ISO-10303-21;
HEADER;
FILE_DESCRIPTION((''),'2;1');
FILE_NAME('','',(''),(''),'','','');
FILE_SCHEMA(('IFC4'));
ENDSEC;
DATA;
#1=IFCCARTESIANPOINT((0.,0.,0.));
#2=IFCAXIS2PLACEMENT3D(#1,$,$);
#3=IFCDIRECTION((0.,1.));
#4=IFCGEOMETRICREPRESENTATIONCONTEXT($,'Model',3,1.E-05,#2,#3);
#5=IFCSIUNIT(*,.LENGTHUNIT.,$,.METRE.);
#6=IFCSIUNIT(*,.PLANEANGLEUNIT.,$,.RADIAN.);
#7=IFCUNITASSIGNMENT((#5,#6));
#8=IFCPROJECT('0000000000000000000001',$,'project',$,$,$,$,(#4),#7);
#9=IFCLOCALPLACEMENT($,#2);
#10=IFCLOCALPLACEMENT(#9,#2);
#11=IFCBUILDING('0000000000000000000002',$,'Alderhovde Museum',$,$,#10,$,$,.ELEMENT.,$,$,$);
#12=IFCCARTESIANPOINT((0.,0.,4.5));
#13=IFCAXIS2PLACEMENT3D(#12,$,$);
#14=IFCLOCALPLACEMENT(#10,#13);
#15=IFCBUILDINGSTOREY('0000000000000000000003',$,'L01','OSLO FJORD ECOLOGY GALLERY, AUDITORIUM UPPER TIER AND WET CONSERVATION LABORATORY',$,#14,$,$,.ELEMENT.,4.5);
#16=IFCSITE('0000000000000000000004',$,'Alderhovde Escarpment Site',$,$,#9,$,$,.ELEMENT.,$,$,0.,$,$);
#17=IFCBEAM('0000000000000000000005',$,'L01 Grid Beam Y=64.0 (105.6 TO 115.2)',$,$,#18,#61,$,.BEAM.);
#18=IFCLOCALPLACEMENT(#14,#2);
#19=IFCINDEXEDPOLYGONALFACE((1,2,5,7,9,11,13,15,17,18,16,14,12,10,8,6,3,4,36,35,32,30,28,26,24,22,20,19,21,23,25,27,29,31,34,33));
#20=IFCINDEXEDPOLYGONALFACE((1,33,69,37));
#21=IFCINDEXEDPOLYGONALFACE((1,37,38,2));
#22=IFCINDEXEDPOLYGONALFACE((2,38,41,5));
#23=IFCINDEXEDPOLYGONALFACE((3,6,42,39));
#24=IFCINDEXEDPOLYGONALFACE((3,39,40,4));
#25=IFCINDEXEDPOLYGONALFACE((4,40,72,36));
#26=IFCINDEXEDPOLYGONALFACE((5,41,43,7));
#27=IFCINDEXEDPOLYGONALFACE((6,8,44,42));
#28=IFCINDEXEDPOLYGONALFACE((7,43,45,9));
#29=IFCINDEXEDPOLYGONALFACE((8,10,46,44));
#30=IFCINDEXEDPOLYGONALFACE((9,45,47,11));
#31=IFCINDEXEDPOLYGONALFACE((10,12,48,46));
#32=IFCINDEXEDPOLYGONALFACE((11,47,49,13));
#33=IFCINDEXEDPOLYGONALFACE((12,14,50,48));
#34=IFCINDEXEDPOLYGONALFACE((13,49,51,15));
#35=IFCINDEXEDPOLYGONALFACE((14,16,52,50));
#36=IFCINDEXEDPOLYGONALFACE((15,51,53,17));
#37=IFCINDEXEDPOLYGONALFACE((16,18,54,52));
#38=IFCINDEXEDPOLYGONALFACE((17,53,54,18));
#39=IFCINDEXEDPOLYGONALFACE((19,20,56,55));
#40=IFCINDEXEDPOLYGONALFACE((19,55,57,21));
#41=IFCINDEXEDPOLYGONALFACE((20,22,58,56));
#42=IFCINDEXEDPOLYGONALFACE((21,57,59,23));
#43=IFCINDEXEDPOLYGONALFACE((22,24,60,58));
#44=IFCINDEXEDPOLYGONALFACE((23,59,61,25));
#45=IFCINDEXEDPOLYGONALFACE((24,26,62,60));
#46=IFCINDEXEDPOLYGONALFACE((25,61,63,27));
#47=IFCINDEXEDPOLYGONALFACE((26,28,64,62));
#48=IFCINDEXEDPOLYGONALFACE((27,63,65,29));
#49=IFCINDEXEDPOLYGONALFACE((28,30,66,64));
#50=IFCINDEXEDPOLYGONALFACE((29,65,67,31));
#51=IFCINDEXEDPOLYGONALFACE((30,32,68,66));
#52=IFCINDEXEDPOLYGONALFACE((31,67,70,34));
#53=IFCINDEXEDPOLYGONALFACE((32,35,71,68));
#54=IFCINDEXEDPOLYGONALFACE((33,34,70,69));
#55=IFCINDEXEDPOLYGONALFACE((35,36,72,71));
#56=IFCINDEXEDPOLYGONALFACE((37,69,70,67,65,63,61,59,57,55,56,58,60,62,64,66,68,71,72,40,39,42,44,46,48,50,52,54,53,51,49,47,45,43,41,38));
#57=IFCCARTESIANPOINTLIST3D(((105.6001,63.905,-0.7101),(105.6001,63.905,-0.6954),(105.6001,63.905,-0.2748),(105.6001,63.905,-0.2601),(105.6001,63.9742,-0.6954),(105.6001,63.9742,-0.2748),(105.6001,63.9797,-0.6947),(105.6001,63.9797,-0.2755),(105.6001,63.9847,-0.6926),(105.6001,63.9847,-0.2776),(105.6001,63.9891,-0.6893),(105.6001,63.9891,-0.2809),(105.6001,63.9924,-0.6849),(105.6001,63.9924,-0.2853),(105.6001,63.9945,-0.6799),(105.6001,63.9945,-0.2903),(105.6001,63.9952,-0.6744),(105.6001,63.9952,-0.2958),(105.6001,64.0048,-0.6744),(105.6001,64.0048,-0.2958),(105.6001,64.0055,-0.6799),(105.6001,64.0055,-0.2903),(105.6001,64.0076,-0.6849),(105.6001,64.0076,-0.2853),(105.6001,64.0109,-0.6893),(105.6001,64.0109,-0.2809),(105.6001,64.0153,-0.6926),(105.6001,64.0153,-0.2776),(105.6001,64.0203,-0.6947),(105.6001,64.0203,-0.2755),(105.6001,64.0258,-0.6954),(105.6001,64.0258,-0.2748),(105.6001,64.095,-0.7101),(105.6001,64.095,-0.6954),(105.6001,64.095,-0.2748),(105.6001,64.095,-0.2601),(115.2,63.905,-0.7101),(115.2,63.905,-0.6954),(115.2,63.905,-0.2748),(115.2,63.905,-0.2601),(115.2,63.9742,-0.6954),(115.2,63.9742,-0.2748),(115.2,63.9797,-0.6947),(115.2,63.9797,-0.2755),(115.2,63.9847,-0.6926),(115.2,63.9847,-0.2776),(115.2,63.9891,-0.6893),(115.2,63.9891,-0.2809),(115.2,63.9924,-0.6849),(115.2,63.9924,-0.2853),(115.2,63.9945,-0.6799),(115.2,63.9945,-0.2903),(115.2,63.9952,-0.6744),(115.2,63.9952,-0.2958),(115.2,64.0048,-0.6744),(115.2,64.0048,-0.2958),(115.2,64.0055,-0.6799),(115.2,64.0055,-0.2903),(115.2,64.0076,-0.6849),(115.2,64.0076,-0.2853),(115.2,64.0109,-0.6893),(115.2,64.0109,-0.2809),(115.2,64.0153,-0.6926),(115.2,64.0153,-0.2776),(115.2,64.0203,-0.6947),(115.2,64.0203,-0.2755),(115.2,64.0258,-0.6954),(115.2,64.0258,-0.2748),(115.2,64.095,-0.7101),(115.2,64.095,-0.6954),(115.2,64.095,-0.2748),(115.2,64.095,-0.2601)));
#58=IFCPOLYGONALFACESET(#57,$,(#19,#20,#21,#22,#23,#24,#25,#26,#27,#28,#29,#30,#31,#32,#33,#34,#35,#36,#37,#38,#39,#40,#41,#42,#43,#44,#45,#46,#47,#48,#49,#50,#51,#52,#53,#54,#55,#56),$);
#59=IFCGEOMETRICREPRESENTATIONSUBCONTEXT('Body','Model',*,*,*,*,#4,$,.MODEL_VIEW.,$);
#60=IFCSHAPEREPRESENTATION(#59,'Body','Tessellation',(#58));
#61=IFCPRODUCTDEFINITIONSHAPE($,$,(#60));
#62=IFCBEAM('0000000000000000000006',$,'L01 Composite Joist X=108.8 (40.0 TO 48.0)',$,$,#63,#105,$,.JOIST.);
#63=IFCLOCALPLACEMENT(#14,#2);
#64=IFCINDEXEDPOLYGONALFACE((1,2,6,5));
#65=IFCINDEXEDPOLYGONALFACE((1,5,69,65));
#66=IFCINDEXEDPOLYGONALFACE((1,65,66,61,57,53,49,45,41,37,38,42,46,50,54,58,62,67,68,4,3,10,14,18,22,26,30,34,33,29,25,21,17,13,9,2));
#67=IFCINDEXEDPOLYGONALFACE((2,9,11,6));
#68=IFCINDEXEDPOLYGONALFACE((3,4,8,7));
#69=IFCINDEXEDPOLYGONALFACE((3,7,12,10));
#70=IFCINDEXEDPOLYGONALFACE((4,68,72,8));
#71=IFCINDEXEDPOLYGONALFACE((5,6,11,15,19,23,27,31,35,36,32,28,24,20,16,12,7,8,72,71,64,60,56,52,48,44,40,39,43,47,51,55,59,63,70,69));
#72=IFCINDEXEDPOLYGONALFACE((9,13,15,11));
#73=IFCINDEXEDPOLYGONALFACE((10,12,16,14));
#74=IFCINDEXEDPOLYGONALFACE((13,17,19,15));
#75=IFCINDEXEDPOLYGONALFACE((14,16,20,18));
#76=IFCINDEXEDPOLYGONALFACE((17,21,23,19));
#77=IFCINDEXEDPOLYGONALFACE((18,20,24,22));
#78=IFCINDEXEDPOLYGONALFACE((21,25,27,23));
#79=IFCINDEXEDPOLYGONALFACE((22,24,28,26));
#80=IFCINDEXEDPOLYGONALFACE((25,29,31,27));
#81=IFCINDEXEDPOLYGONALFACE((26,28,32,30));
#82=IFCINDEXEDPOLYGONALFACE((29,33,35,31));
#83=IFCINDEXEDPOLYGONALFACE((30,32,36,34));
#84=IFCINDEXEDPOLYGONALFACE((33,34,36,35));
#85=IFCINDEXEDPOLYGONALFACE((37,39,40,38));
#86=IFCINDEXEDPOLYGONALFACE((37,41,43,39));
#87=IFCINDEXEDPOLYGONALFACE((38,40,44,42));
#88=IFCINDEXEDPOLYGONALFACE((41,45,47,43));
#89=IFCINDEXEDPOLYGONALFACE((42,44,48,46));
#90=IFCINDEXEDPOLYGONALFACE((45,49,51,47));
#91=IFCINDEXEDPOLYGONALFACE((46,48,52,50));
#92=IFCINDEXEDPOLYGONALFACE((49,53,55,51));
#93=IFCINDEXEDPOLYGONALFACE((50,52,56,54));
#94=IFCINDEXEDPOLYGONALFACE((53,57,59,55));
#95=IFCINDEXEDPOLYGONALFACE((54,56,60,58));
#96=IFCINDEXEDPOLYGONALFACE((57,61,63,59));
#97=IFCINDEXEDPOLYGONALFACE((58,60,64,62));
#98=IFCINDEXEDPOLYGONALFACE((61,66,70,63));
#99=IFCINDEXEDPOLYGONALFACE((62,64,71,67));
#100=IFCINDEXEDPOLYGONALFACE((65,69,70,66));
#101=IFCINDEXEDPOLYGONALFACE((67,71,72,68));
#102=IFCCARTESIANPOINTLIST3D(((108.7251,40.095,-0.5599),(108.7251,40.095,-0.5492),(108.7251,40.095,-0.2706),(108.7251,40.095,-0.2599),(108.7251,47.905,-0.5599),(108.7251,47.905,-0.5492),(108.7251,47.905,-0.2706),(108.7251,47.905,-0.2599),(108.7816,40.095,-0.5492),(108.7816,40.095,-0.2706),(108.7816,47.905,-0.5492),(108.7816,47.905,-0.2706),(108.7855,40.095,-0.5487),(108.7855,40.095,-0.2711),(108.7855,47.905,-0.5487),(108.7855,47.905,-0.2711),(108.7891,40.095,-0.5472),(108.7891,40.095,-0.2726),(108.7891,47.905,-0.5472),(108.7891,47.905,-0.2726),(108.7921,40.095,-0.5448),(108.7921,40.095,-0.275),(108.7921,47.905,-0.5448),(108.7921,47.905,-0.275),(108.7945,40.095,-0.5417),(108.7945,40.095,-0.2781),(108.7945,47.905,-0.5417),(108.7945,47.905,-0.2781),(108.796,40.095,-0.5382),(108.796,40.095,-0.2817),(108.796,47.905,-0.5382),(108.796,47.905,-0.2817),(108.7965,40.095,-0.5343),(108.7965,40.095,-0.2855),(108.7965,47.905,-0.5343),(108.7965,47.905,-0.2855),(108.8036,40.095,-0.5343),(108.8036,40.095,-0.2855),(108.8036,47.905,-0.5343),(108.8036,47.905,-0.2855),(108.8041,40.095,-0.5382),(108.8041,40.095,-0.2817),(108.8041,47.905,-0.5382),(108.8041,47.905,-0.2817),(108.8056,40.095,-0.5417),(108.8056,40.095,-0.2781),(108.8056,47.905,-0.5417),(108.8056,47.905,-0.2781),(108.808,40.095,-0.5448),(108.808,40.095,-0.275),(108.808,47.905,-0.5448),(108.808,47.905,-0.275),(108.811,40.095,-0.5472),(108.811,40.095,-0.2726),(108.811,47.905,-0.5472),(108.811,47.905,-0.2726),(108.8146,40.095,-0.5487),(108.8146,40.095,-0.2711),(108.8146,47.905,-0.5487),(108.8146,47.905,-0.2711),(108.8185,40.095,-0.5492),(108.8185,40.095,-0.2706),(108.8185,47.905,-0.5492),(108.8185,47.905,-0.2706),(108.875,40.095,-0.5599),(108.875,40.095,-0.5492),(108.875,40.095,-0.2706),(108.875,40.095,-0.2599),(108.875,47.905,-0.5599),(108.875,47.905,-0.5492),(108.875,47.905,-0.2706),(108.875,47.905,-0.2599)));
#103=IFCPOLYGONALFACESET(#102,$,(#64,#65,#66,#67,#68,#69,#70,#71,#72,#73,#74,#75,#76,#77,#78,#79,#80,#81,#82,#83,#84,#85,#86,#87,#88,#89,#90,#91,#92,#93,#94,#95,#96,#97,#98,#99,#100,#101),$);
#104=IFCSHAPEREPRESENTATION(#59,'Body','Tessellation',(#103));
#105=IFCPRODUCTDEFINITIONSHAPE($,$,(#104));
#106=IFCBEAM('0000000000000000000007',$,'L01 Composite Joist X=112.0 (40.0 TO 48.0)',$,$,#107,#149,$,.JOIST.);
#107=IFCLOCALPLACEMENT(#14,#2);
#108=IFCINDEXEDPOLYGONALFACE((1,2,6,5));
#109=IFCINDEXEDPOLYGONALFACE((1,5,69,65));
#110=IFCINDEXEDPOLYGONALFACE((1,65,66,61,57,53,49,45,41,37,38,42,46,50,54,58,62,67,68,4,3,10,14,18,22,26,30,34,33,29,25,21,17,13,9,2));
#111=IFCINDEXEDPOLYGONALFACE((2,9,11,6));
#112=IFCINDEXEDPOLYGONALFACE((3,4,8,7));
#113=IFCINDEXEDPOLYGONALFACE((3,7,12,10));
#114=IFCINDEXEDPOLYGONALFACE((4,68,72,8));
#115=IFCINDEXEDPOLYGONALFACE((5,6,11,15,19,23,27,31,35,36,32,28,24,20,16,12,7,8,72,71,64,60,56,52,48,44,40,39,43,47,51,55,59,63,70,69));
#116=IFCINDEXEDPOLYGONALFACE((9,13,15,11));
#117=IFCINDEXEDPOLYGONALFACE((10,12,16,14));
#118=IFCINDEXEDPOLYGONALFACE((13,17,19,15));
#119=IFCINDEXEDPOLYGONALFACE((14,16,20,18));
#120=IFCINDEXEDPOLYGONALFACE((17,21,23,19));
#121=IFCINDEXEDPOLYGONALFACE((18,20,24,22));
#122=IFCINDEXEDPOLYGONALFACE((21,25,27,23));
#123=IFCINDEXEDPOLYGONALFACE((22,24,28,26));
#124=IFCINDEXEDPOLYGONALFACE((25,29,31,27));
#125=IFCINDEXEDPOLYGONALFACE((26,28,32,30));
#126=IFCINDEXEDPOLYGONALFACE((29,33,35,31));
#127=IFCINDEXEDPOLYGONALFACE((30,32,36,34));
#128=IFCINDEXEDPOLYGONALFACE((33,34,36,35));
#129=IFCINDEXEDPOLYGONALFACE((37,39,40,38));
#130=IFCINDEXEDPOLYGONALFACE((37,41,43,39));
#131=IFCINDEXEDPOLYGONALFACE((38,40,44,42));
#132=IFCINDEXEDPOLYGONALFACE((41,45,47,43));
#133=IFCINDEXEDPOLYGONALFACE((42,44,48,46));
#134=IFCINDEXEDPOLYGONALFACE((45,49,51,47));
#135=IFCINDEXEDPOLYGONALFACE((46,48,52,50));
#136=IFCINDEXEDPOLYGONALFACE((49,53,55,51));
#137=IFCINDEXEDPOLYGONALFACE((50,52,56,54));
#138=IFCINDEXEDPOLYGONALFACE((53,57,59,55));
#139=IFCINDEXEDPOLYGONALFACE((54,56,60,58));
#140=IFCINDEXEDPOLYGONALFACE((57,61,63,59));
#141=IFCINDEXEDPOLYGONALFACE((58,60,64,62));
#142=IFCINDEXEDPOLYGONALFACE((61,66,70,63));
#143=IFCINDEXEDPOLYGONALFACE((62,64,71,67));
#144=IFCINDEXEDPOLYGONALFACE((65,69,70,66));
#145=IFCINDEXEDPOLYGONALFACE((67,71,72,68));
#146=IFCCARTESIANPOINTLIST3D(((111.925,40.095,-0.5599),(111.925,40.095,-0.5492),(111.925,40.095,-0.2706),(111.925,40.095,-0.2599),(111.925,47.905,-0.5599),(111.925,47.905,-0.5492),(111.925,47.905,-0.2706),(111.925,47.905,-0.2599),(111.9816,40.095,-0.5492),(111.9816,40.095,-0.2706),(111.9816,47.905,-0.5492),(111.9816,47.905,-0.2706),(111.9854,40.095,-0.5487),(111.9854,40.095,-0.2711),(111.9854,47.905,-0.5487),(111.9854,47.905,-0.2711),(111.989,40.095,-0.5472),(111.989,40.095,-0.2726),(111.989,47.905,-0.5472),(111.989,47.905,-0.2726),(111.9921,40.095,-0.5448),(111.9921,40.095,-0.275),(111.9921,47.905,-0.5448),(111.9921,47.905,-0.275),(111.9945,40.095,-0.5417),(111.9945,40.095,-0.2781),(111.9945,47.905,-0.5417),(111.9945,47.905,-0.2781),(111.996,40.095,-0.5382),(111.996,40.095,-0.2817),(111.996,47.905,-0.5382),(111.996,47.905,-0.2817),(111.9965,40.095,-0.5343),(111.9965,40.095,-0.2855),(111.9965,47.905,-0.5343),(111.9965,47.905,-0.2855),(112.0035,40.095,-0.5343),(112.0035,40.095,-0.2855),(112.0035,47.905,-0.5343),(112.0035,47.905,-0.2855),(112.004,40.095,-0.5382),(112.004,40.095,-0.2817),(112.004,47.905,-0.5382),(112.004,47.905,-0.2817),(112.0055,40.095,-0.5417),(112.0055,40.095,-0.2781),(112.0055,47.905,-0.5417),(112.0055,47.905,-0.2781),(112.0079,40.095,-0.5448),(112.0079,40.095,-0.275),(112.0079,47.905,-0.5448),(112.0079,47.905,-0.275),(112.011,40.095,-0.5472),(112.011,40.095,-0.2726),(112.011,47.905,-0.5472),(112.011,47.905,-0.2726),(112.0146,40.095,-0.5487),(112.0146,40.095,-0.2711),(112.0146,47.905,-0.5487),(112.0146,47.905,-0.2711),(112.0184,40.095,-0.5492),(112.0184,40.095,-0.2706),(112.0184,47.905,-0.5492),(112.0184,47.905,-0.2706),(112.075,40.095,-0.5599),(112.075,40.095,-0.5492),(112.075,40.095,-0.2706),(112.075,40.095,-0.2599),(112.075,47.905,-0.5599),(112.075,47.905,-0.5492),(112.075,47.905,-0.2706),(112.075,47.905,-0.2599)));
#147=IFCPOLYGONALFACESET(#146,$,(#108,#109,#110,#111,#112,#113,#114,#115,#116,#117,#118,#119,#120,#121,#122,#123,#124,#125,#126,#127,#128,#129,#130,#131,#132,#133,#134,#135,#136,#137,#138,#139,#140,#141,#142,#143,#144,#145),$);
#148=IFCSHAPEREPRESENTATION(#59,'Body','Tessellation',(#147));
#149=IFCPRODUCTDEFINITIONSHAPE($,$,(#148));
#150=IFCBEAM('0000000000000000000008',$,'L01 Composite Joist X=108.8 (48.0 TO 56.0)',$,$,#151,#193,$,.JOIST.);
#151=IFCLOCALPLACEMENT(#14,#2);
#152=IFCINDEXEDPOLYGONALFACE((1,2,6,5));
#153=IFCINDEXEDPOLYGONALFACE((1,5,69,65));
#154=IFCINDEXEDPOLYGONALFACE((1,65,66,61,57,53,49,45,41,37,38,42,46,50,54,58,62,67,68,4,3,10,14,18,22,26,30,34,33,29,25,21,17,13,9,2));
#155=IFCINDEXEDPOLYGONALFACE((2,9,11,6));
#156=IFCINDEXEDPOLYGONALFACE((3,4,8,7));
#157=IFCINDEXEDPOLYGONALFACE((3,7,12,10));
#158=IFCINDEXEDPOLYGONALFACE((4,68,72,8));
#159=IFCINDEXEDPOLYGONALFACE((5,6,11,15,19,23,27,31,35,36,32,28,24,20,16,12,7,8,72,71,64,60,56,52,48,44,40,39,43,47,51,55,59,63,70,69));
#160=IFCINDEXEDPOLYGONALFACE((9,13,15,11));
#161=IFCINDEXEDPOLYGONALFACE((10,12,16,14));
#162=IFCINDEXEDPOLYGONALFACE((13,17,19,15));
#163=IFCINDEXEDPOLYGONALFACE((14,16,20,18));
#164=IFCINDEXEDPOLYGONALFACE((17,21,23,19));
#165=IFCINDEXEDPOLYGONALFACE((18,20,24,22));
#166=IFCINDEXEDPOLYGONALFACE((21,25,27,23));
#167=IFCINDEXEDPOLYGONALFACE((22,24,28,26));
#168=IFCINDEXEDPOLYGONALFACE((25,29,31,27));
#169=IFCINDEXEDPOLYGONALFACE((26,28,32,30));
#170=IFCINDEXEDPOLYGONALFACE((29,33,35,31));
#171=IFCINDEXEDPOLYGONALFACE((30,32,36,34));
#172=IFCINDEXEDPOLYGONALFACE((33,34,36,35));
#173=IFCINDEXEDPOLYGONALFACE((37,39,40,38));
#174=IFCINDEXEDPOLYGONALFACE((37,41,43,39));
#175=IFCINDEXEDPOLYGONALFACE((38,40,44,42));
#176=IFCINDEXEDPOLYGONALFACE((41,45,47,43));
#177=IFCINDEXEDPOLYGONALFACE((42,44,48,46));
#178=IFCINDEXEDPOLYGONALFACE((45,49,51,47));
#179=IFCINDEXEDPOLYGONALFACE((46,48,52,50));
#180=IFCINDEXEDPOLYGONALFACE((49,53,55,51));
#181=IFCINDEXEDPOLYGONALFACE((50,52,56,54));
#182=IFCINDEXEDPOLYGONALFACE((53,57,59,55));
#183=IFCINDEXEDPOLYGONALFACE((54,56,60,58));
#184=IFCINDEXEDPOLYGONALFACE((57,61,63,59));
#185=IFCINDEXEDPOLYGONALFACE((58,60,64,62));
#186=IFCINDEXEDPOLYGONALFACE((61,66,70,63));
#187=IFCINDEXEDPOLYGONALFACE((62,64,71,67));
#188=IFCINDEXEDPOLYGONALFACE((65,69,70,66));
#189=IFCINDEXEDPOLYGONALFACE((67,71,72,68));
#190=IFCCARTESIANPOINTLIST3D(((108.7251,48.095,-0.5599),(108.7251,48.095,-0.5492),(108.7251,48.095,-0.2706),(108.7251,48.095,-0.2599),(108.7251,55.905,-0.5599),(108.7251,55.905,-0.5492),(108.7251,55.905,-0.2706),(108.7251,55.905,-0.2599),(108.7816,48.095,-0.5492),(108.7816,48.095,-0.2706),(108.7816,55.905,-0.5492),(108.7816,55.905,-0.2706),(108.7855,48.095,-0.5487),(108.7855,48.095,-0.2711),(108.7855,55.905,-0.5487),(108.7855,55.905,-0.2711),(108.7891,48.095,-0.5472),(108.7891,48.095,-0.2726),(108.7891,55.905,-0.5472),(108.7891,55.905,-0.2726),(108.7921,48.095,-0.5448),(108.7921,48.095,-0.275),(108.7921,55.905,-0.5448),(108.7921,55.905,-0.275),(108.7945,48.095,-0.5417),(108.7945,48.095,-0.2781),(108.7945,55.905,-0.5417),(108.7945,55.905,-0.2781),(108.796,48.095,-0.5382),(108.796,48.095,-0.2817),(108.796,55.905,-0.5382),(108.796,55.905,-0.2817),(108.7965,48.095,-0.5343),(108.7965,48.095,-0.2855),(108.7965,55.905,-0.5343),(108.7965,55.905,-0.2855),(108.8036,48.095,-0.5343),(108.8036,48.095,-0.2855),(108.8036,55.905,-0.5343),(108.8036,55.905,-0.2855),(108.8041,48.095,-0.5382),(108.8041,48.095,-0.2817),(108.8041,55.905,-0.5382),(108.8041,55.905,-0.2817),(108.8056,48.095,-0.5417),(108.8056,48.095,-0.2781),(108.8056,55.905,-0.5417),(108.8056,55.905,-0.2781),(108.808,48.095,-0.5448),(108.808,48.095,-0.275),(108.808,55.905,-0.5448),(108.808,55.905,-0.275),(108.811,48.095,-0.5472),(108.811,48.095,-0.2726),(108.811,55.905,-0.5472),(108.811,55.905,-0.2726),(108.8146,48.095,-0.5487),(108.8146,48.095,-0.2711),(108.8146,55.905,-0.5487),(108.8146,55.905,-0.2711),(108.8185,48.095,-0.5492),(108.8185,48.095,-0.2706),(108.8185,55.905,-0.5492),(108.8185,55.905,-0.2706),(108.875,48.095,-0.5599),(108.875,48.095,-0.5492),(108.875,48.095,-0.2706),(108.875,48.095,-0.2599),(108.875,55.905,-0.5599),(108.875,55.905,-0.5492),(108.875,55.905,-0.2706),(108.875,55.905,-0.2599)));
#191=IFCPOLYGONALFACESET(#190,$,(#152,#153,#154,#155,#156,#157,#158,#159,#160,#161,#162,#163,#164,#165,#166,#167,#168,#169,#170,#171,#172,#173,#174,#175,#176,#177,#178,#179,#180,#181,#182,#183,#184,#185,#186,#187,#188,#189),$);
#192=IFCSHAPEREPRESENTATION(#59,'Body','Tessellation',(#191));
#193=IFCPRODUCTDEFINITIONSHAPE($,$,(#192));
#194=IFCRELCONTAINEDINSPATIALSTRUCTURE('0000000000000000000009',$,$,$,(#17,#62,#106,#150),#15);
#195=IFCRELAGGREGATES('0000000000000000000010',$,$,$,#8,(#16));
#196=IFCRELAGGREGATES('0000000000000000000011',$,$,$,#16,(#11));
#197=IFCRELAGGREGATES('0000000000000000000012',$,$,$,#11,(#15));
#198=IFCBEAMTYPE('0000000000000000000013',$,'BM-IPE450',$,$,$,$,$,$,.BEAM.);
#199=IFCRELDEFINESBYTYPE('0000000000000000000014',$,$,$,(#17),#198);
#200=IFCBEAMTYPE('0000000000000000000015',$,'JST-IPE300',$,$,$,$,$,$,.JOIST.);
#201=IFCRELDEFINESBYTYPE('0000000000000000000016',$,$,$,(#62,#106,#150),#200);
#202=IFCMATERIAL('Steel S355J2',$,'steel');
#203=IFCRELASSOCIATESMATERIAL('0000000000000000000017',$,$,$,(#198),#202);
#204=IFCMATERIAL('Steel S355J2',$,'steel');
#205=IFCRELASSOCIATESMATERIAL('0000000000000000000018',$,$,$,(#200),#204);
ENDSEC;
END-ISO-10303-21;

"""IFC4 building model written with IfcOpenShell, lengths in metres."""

from ifc_helpers import new_model, si_unit, direction, frame, origin, origin_2d, place, context, subcontext, project, spatial, i_section, extrude, material, material_profile, profile_set, type_object, element, save


model = new_model("IFC4")

# Units and contexts
model_context = context("Model", 3, precision=1e-05, world=origin(), true_north=direction((0.0, 1.0)))
body_context = subcontext(model_context, "Body", "Model", "MODEL_VIEW")
ifc_project = project(units=[si_unit("LENGTHUNIT", "METRE"), si_unit("PLANEANGLEUNIT", "RADIAN")], contexts=[model_context])

# Site, building, storey
site_placement = place(None, origin())
site = spatial("IfcSite", under=ifc_project, at=site_placement, Name="Alderhovde Escarpment Site", CompositionType="ELEMENT", RefElevation=0.0)
building_placement = place(site_placement, origin())
building = spatial("IfcBuilding", under=site, at=building_placement, Name="Alderhovde Museum", CompositionType="ELEMENT")
storey_placement = place(building_placement, frame((0.0, 0.0, 4.5)))
storey = spatial("IfcBuildingStorey", under=building, at=storey_placement, Name="L01", Description="OSLO FJORD ECOLOGY GALLERY, AUDITORIUM UPPER TIER AND WET CONSERVATION LABORATORY", CompositionType="ELEMENT", Elevation=4.5)

# Beams
ifc_material_1 = material(Name="Steel S355J2", Category="steel")
ifc_material_profile_1 = material_profile(ifc_material_1, i_section(OverallWidth=0.1899, OverallDepth=0.45, WebThickness=0.0095, FlangeThickness=0.0146, FilletRadius=0.021, at=origin_2d()), Name="IPE 450")
ifc_profile_set_1 = profile_set([ifc_material_profile_1], Name="Steel S355J2")
beam_type_1 = type_object("IfcBeamType", Name="BM-IPE450", PredefinedType="BEAM", material=ifc_profile_set_1)
for number, where, z_axis, x_axis, name in (
    (1, (105.6001, 64.0, -0.4851), (1.0, 0.0, 0.0), (0.0, 1.0, 0.0), "L01 Grid Beam Y=64.0 (105.6 TO 115.2)"),
):
    element("IfcBeam", number, at=place(storey_placement, frame(where, z_axis=z_axis, x_axis=x_axis)), inside=storey, type_object=beam_type_1, Name=name, PredefinedType="BEAM", context=body_context, shape_type="SweptSolid", body=[
        extrude(i_section(OverallWidth=0.1899, OverallDepth=0.45, WebThickness=0.0095, FlangeThickness=0.0146, FilletRadius=0.021, at=origin_2d()), origin(), (0.0, 0.0, 1.0), 9.5999),
    ])
ifc_material_2 = material(Name="Steel S355J2", Category="steel")
ifc_material_profile_2 = material_profile(ifc_material_2, i_section(OverallWidth=0.1499, OverallDepth=0.3, WebThickness=0.0071, FlangeThickness=0.0107, FilletRadius=0.0149, at=origin_2d()), Name="IPE 300")
ifc_profile_set_2 = profile_set([ifc_material_profile_2], Name="Steel S355J2")
beam_type_2 = type_object("IfcBeamType", Name="JST-IPE300", PredefinedType="JOIST", material=ifc_profile_set_2)
for number, where, z_axis, x_axis, name in (
    (2, (108.8, 40.095, -0.4099), (0.0, 1.0, 0.0), (-1.0, 0.0, 0.0), "L01 Composite Joist X=108.8 (40.0 TO 48.0)"),
    (3, (112.0, 40.095, -0.4099), (0.0, 1.0, 0.0), (-1.0, 0.0, 0.0), "L01 Composite Joist X=112.0 (40.0 TO 48.0)"),
    (4, (108.8, 48.095, -0.4099), (0.0, 1.0, 0.0), (-1.0, 0.0, 0.0), "L01 Composite Joist X=108.8 (48.0 TO 56.0)"),
):
    element("IfcBeam", number, at=place(storey_placement, frame(where, z_axis=z_axis, x_axis=x_axis)), inside=storey, type_object=beam_type_2, Name=name, PredefinedType="JOIST", context=body_context, shape_type="SweptSolid", body=[
        extrude(i_section(OverallWidth=0.1499, OverallDepth=0.3, WebThickness=0.0071, FlangeThickness=0.0107, FilletRadius=0.0149, at=origin_2d()), origin(), (0.0, 0.0, 1.0), 7.8101),
    ])

save(model, "model.ifc")
